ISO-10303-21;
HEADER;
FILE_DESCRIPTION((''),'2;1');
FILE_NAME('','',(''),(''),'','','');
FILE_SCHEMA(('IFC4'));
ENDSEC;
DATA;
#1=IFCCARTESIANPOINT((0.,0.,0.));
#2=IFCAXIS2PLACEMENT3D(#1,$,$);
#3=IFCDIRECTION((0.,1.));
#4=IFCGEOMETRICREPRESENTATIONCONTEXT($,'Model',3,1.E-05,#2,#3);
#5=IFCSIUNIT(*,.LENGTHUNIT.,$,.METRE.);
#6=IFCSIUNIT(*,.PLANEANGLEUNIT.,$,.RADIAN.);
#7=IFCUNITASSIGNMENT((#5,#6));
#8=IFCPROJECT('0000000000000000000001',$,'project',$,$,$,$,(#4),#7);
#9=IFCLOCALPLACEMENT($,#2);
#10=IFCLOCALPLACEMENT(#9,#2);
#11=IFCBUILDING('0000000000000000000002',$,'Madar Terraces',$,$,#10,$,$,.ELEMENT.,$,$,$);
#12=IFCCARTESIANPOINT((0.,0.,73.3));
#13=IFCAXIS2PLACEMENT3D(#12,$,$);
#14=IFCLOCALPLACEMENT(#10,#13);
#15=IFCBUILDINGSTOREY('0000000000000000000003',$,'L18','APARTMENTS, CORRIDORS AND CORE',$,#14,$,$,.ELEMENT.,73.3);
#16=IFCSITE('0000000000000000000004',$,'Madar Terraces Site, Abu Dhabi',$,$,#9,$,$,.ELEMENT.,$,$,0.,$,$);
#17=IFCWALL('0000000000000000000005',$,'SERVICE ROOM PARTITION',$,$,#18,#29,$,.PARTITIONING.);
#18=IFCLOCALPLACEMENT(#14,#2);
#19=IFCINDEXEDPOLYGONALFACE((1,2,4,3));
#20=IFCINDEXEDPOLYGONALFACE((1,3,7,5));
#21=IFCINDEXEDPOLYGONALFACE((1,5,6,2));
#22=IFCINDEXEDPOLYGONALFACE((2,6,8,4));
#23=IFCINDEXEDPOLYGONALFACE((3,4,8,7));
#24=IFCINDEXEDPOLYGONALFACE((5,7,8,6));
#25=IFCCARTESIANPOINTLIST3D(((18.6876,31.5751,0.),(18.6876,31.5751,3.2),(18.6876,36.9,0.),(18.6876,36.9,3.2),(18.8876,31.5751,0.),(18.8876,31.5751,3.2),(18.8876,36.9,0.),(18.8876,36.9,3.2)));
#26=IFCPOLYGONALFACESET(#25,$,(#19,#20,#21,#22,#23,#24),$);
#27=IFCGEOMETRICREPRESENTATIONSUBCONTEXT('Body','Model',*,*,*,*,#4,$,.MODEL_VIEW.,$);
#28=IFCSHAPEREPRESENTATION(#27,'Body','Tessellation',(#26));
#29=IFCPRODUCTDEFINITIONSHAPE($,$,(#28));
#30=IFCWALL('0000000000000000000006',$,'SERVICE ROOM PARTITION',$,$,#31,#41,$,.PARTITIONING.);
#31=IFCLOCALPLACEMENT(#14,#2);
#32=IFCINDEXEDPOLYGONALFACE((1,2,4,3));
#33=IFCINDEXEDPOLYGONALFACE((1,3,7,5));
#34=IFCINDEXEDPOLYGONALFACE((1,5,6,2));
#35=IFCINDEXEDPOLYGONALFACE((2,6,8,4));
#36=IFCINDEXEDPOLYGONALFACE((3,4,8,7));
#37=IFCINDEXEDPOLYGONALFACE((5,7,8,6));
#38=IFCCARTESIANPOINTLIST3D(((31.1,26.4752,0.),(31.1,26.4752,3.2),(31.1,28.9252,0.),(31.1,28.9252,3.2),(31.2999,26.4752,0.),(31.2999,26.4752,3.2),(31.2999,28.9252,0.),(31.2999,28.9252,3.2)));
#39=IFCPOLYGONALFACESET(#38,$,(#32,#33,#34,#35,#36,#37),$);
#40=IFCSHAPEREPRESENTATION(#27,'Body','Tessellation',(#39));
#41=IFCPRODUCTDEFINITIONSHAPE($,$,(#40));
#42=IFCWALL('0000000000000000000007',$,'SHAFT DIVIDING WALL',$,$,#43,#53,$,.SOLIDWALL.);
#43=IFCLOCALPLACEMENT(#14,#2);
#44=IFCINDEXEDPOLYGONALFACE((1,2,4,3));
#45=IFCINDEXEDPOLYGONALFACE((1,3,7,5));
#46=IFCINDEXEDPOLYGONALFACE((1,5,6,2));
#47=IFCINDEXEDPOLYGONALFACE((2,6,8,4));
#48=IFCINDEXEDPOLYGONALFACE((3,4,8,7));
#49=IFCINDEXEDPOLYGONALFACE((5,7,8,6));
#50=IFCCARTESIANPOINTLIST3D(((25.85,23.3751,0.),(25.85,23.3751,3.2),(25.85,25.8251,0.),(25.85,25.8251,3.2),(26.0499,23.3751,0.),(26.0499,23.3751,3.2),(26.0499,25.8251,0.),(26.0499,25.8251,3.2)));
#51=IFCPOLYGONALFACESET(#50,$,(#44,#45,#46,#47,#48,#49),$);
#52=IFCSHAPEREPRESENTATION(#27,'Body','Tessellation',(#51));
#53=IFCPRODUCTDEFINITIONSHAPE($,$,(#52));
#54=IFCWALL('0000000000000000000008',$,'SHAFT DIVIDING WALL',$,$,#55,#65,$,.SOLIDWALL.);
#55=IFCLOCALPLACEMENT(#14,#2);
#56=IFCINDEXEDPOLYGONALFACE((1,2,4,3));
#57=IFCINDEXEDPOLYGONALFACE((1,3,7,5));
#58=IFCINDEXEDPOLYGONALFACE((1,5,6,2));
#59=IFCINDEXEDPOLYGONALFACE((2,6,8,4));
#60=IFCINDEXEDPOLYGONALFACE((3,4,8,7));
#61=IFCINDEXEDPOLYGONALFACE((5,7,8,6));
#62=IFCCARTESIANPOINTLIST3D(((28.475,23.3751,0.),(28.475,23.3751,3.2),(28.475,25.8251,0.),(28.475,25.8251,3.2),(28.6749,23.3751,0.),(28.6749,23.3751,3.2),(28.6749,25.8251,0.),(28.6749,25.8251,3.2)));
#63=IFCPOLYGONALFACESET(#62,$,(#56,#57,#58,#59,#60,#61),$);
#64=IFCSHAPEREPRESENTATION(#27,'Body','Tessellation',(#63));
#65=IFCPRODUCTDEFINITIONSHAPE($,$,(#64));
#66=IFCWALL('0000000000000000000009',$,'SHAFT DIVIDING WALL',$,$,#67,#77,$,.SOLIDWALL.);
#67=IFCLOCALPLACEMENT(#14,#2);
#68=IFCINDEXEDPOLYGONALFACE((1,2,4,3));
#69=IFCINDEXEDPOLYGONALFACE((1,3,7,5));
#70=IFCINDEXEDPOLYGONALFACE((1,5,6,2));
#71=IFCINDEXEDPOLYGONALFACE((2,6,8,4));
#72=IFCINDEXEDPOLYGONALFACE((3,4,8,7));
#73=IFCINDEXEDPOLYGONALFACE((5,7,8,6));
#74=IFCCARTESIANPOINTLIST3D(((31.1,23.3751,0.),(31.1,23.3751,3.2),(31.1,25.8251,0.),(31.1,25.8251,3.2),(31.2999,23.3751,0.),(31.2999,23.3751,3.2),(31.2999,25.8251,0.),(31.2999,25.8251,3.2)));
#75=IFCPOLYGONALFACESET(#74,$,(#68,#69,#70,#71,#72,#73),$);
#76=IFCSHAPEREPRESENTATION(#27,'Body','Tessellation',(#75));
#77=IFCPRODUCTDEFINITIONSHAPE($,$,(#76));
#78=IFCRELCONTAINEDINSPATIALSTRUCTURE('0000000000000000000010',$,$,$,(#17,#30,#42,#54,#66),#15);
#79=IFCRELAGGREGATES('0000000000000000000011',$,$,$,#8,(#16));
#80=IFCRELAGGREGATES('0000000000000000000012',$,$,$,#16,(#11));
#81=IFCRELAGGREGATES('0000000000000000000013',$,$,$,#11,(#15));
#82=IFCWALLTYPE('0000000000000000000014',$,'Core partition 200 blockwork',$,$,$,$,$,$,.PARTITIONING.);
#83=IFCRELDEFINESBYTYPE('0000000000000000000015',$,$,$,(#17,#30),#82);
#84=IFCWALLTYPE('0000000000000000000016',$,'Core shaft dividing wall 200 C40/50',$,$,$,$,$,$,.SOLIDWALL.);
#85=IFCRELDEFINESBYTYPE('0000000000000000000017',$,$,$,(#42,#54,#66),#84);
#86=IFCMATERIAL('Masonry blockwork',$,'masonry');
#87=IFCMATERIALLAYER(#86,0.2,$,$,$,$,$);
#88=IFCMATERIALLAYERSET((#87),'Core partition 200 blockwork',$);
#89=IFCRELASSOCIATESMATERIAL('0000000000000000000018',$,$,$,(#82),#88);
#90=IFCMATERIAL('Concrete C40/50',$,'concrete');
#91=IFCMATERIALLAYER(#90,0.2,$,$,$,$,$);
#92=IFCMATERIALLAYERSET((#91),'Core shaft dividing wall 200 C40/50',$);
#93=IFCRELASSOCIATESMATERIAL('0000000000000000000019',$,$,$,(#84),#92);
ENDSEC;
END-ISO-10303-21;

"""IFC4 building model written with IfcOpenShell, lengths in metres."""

from ifc_helpers import new_model, si_unit, direction, frame, frame_2d, origin, place, context, subcontext, project, spatial, rectangle, extrude, material, layer, layer_set, type_object, element, save


model = new_model("IFC4")

# Units and contexts
model_context = context("Model", 3, precision=1e-05, world=origin(), true_north=direction((0.0, 1.0)))
body_context = subcontext(model_context, "Body", "Model", "MODEL_VIEW")
ifc_project = project(units=[si_unit("LENGTHUNIT", "METRE"), si_unit("PLANEANGLEUNIT", "RADIAN")], contexts=[model_context])

# Site, building, storey
site_placement = place(None, origin())
site = spatial("IfcSite", under=ifc_project, at=site_placement, Name="Madar Terraces Site, Abu Dhabi", CompositionType="ELEMENT", RefElevation=0.0)
building_placement = place(site_placement, origin())
building = spatial("IfcBuilding", under=site, at=building_placement, Name="Madar Terraces", CompositionType="ELEMENT")
storey_placement = place(building_placement, frame((0.0, 0.0, 73.3)))
storey = spatial("IfcBuildingStorey", under=building, at=storey_placement, Name="L18", Description="APARTMENTS, CORRIDORS AND CORE", CompositionType="ELEMENT", Elevation=73.3)

# Walls
ifc_material_1 = material(Name="Masonry blockwork", Category="masonry")
ifc_layer_1 = layer(ifc_material_1, 0.2)
ifc_layer_set_1 = layer_set([ifc_layer_1], Name="Core partition 200 blockwork")
wall_type_1 = type_object("IfcWallType", Name="Core partition 200 blockwork", PredefinedType="PARTITIONING", material=ifc_layer_set_1)
wall_1_placement = place(storey_placement, frame((18.7876, 31.575, 0.0), z_axis=(0.0, 0.0, 1.0), x_axis=(0.0, 1.0, 0.0)))
element("IfcWall", 1, at=wall_1_placement, inside=storey, type_object=wall_type_1, Name="SERVICE ROOM PARTITION", PredefinedType="PARTITIONING", context=body_context, shape_type="SweptSolid", body=[
    extrude(rectangle(XDim=5.325, YDim=0.2, at=frame_2d((2.6626, 0.0))), origin(), (0.0, 0.0, 1.0), 3.2),
])
wall_2_placement = place(storey_placement, frame((31.2, 26.4751, 0.0), z_axis=(0.0, 0.0, 1.0), x_axis=(0.0, 1.0, 0.0)))
element("IfcWall", 2, at=wall_2_placement, inside=storey, type_object=wall_type_1, Name="SERVICE ROOM PARTITION", PredefinedType="PARTITIONING", context=body_context, shape_type="SweptSolid", body=[
    extrude(rectangle(XDim=2.45, YDim=0.2, at=frame_2d((1.2251, 0.0))), origin(), (0.0, 0.0, 1.0), 3.2),
])
ifc_material_2 = material(Name="Concrete C40/50", Category="concrete")
ifc_layer_2 = layer(ifc_material_2, 0.2)
ifc_layer_set_2 = layer_set([ifc_layer_2], Name="Core shaft dividing wall 200 C40/50")
wall_type_2 = type_object("IfcWallType", Name="Core shaft dividing wall 200 C40/50", PredefinedType="SOLIDWALL", material=ifc_layer_set_2)
for number, where, z_axis, x_axis, name in (
    (3, (25.95, 23.375, 0.0), (0.0, 0.0, 1.0), (0.0, 1.0, 0.0), "SHAFT DIVIDING WALL"),
    (4, (28.575, 23.375, 0.0), (0.0, 0.0, 1.0), (0.0, 1.0, 0.0), "SHAFT DIVIDING WALL"),
    (5, (31.2, 23.375, 0.0), (0.0, 0.0, 1.0), (0.0, 1.0, 0.0), "SHAFT DIVIDING WALL"),
):
    element("IfcWall", number, at=place(storey_placement, frame(where, z_axis=z_axis, x_axis=x_axis)), inside=storey, type_object=wall_type_2, Name=name, PredefinedType="SOLIDWALL", context=body_context, shape_type="SweptSolid", body=[
        extrude(rectangle(XDim=2.45, YDim=0.2, at=frame_2d((1.2251, 0.0))), origin(), (0.0, 0.0, 1.0), 3.2),
    ])

save(model, "model.ifc")
